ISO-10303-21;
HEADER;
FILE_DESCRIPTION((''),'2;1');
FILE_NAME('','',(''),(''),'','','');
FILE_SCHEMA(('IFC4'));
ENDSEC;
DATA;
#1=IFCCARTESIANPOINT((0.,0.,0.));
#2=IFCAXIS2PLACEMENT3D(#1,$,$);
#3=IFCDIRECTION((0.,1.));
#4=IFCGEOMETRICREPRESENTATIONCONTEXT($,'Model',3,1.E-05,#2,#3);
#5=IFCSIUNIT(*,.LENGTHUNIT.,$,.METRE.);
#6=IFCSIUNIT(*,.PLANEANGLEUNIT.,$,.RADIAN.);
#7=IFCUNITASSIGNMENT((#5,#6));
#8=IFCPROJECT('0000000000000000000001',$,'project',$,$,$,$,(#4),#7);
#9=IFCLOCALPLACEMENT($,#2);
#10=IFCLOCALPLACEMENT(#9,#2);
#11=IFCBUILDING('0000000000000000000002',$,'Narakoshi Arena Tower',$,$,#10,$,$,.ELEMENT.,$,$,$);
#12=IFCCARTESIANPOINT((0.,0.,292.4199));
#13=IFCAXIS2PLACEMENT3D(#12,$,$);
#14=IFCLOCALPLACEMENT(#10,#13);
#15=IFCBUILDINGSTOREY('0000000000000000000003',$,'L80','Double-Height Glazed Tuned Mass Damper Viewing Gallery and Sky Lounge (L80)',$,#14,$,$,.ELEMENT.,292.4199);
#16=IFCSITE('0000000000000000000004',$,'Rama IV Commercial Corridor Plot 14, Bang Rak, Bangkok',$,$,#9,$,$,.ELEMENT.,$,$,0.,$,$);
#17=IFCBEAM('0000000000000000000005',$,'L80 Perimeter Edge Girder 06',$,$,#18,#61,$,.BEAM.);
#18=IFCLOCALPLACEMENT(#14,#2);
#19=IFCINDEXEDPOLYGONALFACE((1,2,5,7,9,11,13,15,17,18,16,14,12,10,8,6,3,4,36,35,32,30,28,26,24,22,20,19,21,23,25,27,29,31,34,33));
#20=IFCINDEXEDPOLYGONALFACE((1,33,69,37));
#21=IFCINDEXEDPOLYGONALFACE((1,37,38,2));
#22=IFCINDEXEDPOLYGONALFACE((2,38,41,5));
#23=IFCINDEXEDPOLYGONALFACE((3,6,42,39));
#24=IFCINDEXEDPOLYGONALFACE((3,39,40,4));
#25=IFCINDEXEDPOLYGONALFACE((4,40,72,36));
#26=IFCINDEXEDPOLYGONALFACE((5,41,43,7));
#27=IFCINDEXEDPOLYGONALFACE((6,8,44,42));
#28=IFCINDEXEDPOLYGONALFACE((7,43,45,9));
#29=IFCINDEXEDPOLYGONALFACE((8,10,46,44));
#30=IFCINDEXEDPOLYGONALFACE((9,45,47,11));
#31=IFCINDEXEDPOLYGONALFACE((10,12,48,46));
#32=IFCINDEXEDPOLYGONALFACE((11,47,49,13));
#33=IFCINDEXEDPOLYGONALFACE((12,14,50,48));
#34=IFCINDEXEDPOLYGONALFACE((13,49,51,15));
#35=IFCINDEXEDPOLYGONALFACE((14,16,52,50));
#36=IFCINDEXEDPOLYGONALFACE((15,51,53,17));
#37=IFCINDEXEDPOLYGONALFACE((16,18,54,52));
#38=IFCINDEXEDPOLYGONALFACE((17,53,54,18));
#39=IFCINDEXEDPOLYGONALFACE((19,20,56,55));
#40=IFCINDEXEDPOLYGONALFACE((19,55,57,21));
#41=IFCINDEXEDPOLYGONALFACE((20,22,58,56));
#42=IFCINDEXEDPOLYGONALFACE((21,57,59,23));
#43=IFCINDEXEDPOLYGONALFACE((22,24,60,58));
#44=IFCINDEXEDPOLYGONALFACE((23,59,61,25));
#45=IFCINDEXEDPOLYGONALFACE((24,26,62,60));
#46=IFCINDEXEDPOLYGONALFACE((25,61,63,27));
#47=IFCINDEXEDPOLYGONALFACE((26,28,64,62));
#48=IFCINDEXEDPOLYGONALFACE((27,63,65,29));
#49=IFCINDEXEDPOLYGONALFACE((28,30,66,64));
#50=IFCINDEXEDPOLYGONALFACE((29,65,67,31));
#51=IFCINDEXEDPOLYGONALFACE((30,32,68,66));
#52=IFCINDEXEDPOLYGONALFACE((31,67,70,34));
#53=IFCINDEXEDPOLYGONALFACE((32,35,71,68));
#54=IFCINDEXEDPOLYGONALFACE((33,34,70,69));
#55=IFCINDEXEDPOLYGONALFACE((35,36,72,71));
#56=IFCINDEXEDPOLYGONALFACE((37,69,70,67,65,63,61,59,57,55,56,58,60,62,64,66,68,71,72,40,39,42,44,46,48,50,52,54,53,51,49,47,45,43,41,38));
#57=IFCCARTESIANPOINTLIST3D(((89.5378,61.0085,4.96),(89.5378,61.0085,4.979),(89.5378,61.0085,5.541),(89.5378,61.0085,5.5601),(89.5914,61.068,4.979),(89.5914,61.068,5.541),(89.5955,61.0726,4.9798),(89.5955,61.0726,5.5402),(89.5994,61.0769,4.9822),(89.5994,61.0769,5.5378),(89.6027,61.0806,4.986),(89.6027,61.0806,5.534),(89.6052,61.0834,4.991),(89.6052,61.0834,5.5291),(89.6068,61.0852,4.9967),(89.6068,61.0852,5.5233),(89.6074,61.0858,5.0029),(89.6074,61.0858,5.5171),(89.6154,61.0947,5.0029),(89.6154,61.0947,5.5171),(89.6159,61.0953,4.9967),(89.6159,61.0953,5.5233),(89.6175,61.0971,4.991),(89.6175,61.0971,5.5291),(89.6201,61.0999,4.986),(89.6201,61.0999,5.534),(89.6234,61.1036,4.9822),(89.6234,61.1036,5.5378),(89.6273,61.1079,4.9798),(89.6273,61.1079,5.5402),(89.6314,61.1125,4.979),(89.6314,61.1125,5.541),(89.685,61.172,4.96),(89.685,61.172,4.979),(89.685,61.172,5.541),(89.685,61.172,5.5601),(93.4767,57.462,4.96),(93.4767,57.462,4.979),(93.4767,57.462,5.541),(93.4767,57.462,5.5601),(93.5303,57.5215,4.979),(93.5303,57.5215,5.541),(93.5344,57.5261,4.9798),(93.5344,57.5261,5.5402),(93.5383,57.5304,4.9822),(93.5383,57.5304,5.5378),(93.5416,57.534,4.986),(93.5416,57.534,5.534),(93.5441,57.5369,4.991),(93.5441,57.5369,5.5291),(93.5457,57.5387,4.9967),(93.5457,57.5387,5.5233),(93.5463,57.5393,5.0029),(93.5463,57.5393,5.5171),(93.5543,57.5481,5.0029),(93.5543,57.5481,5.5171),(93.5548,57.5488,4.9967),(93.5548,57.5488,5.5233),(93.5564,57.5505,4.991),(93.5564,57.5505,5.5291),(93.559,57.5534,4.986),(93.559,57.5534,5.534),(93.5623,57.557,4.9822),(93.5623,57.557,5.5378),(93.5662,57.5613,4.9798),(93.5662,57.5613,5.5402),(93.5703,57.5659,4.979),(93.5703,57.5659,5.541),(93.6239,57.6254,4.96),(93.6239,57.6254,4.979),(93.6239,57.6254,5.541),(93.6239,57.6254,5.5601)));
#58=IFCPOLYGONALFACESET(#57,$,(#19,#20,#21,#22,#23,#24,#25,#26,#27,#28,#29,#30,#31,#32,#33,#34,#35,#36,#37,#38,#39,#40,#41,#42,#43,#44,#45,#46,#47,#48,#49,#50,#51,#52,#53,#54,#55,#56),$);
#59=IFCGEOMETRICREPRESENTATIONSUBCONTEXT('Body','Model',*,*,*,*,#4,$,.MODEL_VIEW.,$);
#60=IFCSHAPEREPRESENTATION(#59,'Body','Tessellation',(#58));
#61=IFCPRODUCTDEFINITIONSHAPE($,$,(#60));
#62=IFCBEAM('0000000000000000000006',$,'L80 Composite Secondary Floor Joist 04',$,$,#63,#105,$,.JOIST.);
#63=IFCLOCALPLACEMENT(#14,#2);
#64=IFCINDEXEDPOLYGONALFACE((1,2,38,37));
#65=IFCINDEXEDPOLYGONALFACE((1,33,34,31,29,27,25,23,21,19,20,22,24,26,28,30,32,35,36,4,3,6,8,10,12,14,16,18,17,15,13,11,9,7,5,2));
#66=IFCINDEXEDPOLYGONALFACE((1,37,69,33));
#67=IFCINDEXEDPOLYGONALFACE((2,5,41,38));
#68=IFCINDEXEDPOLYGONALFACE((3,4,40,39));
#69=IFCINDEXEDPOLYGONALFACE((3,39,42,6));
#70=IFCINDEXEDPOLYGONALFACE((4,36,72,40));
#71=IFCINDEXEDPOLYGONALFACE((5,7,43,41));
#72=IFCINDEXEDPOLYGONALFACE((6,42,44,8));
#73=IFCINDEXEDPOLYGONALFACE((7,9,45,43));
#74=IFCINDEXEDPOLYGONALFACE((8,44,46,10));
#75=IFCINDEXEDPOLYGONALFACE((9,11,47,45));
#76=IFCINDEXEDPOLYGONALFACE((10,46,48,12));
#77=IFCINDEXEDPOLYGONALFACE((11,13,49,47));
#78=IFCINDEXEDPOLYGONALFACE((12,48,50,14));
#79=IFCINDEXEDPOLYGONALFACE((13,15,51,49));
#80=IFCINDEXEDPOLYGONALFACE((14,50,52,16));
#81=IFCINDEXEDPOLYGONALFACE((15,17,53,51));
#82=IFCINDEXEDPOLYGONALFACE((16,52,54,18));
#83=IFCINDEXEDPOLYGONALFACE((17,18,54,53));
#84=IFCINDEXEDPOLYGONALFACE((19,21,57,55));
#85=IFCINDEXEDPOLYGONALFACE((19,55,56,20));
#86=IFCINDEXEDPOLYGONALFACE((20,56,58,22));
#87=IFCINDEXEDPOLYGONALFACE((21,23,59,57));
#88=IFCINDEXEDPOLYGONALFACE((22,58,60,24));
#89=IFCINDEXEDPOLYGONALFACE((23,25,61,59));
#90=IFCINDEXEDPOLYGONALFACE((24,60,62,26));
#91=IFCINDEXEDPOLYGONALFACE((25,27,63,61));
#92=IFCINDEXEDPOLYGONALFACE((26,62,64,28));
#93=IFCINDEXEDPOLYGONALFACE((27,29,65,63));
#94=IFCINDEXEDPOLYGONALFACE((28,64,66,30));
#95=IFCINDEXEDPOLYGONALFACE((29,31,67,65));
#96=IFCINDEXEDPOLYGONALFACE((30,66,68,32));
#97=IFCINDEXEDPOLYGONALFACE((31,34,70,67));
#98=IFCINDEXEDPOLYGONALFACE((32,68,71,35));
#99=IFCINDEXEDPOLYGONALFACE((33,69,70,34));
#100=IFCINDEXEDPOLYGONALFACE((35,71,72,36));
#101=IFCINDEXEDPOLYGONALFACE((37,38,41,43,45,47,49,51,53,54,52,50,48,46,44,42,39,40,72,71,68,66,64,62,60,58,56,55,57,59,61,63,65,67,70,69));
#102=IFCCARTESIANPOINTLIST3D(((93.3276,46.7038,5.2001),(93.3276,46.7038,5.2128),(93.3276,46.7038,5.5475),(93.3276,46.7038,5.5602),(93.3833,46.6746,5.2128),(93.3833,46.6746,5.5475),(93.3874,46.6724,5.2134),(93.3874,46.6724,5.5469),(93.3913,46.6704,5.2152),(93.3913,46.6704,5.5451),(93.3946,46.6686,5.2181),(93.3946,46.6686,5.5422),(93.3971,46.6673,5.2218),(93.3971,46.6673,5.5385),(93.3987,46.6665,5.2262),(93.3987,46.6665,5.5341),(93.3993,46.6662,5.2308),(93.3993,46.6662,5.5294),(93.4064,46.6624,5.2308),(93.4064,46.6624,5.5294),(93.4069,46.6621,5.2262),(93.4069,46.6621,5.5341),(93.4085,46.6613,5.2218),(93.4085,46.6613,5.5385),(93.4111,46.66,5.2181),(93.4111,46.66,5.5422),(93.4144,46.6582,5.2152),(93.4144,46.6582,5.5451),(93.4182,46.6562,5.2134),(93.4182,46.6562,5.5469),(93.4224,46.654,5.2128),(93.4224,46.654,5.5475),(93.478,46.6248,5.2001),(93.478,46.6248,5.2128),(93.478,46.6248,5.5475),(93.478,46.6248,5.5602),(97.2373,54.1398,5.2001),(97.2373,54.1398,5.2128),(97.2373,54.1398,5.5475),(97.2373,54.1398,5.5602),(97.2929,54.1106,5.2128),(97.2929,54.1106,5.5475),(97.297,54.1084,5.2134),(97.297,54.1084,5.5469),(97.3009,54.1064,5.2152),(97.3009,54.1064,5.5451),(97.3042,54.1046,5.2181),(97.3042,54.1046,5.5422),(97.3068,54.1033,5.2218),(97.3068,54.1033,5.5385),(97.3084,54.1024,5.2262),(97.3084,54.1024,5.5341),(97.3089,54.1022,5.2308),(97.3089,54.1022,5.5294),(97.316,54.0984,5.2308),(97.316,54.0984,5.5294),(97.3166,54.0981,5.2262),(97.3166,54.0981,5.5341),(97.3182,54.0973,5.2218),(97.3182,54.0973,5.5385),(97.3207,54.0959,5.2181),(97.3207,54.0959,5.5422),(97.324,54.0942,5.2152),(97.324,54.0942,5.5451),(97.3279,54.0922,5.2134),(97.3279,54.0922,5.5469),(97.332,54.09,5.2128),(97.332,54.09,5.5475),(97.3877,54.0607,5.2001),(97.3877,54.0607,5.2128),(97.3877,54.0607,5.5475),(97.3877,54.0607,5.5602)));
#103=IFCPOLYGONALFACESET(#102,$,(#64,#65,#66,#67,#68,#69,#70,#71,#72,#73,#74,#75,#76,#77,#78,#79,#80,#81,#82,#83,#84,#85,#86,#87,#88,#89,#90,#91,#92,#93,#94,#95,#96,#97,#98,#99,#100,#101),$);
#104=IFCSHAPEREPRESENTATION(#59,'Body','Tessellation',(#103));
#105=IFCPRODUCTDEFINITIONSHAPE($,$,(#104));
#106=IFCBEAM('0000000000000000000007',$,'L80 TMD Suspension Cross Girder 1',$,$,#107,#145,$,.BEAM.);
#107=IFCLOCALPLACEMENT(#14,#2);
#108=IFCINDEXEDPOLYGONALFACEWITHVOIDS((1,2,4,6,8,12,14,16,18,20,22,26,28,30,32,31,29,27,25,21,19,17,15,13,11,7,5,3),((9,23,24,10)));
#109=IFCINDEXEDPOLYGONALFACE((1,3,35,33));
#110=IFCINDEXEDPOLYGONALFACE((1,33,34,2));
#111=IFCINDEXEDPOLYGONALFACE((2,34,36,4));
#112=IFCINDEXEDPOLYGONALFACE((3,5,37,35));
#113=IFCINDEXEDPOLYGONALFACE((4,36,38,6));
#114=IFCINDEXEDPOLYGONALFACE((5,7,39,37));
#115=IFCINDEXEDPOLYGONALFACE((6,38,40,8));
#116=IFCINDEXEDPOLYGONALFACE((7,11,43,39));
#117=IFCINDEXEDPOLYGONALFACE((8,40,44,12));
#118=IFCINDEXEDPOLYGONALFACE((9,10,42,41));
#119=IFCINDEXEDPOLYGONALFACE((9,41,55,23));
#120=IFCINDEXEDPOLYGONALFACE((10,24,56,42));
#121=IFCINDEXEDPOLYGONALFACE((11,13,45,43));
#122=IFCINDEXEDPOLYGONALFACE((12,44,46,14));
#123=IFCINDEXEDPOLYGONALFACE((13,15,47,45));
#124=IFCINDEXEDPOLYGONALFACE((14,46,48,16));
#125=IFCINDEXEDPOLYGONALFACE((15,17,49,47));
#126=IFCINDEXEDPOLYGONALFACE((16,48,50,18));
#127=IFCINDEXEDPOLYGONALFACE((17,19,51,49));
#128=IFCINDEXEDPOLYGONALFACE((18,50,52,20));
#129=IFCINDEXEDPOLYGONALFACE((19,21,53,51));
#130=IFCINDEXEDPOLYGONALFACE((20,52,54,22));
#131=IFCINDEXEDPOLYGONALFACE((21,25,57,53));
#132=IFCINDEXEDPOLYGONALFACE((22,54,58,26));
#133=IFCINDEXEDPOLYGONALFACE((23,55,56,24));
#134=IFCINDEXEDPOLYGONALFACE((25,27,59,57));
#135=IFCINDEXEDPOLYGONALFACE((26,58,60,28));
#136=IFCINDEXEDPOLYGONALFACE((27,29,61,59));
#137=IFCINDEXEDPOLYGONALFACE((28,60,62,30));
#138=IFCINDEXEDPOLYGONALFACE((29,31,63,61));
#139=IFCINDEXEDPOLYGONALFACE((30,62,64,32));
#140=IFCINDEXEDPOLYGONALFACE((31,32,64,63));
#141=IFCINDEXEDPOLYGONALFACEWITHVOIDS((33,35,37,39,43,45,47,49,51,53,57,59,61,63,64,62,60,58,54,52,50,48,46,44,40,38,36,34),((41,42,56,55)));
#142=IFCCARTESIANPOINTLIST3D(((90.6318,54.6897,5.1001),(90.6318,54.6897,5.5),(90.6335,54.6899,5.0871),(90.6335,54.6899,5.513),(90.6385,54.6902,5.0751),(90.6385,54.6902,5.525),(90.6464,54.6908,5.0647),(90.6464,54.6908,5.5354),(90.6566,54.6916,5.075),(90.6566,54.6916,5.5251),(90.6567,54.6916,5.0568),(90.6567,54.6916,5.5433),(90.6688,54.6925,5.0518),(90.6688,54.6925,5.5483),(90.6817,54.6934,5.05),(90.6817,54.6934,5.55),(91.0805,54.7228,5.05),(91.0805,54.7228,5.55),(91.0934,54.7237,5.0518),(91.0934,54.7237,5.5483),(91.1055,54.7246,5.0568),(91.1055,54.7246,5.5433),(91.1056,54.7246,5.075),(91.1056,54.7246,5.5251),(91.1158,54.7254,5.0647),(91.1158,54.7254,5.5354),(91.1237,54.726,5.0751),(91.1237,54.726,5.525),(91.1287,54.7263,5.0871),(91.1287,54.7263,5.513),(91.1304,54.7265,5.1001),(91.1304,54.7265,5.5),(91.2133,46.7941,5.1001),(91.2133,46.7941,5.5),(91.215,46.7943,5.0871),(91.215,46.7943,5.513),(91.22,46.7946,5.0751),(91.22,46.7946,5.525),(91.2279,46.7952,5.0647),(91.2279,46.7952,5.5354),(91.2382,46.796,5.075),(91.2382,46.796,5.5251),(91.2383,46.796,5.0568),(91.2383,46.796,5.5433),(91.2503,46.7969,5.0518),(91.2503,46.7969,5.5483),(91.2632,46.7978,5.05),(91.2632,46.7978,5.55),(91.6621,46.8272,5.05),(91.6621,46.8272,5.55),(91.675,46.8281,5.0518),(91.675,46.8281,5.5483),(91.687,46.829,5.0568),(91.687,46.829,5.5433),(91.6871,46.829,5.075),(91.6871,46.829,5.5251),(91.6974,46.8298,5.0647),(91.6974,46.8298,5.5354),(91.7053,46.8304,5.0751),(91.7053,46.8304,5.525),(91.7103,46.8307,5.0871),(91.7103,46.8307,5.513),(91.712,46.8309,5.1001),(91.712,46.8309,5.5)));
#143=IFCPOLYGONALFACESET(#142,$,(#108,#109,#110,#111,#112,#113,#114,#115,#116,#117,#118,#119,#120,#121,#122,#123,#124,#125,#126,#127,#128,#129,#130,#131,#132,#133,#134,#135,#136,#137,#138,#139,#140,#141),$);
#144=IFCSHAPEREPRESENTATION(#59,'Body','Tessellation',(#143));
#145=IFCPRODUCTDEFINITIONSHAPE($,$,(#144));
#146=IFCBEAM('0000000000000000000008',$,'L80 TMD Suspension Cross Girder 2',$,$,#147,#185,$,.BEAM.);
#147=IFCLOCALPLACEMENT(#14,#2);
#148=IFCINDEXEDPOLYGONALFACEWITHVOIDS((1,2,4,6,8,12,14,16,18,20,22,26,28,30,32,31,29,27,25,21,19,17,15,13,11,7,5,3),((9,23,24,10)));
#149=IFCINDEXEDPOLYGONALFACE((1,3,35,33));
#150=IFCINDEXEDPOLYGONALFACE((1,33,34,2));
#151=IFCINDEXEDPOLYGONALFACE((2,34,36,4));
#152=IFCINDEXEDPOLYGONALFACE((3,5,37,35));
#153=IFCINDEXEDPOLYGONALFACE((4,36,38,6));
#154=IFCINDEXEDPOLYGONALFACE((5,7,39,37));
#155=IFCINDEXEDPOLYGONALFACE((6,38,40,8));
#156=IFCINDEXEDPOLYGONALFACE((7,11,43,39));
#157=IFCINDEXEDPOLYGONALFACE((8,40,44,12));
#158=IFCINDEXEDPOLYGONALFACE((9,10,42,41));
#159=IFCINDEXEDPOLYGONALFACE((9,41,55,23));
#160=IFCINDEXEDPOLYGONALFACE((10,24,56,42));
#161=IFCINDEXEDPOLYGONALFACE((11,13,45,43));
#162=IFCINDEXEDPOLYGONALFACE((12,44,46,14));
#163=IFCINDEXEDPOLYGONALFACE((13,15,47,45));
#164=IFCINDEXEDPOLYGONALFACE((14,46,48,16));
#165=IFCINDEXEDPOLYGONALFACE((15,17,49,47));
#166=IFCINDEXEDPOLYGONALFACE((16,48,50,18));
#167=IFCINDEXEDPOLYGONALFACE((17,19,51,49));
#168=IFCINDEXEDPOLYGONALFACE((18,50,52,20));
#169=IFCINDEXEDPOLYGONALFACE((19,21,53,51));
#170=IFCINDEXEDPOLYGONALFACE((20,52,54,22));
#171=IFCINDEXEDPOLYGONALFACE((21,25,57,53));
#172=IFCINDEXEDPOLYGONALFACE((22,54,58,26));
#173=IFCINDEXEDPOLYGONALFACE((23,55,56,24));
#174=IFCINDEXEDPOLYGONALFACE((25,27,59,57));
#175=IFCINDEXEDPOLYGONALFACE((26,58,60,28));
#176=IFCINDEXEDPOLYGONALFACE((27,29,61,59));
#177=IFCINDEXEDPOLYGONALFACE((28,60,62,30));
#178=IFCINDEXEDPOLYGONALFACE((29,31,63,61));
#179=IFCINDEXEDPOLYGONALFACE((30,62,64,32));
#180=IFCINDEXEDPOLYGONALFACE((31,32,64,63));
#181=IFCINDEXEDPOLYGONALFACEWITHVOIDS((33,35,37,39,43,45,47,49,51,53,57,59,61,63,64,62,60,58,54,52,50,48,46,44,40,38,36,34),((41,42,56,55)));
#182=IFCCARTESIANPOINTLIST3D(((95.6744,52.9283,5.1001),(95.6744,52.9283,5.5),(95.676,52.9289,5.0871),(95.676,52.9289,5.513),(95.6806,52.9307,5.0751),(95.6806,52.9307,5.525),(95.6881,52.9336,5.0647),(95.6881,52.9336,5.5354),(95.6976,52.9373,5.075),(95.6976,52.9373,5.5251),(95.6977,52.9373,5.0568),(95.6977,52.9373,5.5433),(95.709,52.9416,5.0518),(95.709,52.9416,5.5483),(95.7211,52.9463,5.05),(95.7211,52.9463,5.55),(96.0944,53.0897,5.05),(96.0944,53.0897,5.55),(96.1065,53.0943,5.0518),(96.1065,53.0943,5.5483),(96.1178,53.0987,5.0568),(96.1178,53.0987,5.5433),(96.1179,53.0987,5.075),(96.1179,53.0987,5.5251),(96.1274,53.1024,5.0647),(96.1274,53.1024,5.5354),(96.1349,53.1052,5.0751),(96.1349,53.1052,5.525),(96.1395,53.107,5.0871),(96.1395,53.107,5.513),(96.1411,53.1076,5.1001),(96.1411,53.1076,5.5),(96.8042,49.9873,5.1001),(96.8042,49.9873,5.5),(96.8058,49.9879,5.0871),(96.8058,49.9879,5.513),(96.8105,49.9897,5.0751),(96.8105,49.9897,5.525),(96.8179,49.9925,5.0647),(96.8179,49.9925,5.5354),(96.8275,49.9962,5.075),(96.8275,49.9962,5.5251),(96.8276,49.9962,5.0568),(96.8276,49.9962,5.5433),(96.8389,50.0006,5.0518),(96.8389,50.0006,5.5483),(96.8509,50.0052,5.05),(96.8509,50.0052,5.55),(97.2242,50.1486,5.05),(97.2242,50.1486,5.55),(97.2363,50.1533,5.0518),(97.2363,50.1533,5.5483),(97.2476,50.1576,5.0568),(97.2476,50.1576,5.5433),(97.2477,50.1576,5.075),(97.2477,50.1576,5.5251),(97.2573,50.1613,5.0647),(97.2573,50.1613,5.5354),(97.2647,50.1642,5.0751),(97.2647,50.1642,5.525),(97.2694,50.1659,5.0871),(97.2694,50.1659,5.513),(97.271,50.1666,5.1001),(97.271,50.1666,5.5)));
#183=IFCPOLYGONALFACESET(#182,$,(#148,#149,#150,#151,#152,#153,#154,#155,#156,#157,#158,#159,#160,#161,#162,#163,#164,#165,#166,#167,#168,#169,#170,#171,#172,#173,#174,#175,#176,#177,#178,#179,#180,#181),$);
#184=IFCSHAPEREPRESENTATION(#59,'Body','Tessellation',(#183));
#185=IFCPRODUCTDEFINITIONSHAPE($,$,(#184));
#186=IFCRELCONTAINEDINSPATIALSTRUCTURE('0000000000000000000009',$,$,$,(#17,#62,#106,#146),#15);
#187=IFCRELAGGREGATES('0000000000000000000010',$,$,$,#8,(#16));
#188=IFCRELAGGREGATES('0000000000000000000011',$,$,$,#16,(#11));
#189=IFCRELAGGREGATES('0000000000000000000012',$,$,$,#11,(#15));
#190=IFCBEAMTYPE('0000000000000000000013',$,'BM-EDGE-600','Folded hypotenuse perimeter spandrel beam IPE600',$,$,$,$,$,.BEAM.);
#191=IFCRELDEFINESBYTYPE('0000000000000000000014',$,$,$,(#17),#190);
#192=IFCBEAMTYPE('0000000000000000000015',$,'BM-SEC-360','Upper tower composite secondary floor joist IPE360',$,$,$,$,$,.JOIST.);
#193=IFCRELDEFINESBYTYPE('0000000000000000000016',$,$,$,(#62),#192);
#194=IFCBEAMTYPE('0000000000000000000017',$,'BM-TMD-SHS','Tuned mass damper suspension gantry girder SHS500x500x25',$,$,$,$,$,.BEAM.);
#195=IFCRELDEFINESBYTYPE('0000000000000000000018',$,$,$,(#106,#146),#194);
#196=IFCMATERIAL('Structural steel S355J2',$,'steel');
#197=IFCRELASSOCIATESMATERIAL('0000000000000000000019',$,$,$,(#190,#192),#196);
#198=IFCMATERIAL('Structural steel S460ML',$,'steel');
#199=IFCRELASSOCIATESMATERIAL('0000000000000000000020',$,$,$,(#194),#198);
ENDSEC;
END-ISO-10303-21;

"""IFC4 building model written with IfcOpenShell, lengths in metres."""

from ifc_helpers import new_model, si_unit, direction, frame, origin, origin_2d, place, context, subcontext, project, spatial, hollow_rectangle, i_section, extrude, material, material_profile, profile_set, type_object, element, save


model = new_model("IFC4")

# Units and contexts
model_context = context("Model", 3, precision=1e-05, world=origin(), true_north=direction((0.0, 1.0)))
body_context = subcontext(model_context, "Body", "Model", "MODEL_VIEW")
ifc_project = project(units=[si_unit("LENGTHUNIT", "METRE"), si_unit("PLANEANGLEUNIT", "RADIAN")], contexts=[model_context])

# Site, building, storey
site_placement = place(None, origin())
site = spatial("IfcSite", under=ifc_project, at=site_placement, Name="Rama IV Commercial Corridor Plot 14, Bang Rak, Bangkok", CompositionType="ELEMENT", RefElevation=0.0)
building_placement = place(site_placement, origin())
building = spatial("IfcBuilding", under=site, at=building_placement, Name="Narakoshi Arena Tower", CompositionType="ELEMENT")
storey_placement = place(building_placement, frame((0.0, 0.0, 292.4199)))
storey = spatial("IfcBuildingStorey", under=building, at=storey_placement, Name="L80", Description="Double-Height Glazed Tuned Mass Damper Viewing Gallery and Sky Lounge (L80)", CompositionType="ELEMENT", Elevation=292.4199)

# Shared definitions
ifc_material_1 = material(Name="Structural steel S355J2", Category="steel")

# Beams
ifc_material_profile_1 = material_profile(ifc_material_1, i_section(OverallWidth=0.22, OverallDepth=0.6001, WebThickness=0.012, FlangeThickness=0.019, FilletRadius=0.0239, at=origin_2d()), Name="IPE600")
ifc_profile_set_1 = profile_set([ifc_material_profile_1], Name="Structural steel S355J2")
beam_type_1 = type_object("IfcBeamType", Name="BM-EDGE-600", Description="Folded hypotenuse perimeter spandrel beam IPE600", PredefinedType="BEAM", material=ifc_profile_set_1)
beam_1_placement = place(storey_placement, frame((93.5503, 57.5437, 5.26), z_axis=(-0.743148, 0.669128, 0.0), x_axis=(-0.669128, -0.743148, 0.0)))
element("IfcBeam", 1, at=beam_1_placement, inside=storey, type_object=beam_type_1, Name="L80 Perimeter Edge Girder 06", PredefinedType="BEAM", context=body_context, shape_type="SweptSolid", body=[
    extrude(i_section(OverallWidth=0.22, OverallDepth=0.6001, WebThickness=0.012, FlangeThickness=0.019, FilletRadius=0.0239, at=origin_2d()), origin(), (0.0, 0.0, 1.0), 5.3003),
])
ifc_material_profile_2 = material_profile(ifc_material_1, i_section(OverallWidth=0.1699, OverallDepth=0.3601, WebThickness=0.0081, FlangeThickness=0.0127, FilletRadius=0.0181, at=origin_2d()), Name="IPE360")
ifc_profile_set_2 = profile_set([ifc_material_profile_2], Name="Structural steel S355J2")
beam_type_2 = type_object("IfcBeamType", Name="BM-SEC-360", Description="Upper tower composite secondary floor joist IPE360", PredefinedType="JOIST", material=ifc_profile_set_2)
beam_2_placement = place(storey_placement, frame((93.4028, 46.6643, 5.3801), z_axis=(0.46537, 0.885116, 0.0), x_axis=(-0.885116, 0.46537, 0.0)))
element("IfcBeam", 2, at=beam_2_placement, inside=storey, type_object=beam_type_2, Name="L80 Composite Secondary Floor Joist 04", PredefinedType="JOIST", context=body_context, shape_type="SweptSolid", body=[
    extrude(i_section(OverallWidth=0.1699, OverallDepth=0.3601, WebThickness=0.0081, FlangeThickness=0.0127, FilletRadius=0.0181, at=origin_2d()), origin(), (0.0, 0.0, 1.0), 8.4011),
])
ifc_material_2 = material(Name="Structural steel S460ML", Category="steel")
ifc_material_profile_3 = material_profile(ifc_material_2, hollow_rectangle(XDim=0.5, YDim=0.5, WallThickness=0.0249, OuterFilletRadius=0.05, at=origin_2d()), Name="SHS500x500x25")
ifc_profile_set_3 = profile_set([ifc_material_profile_3], Name="Structural steel S460ML")
beam_type_3 = type_object("IfcBeamType", Name="BM-TMD-SHS", Description="Tuned mass damper suspension gantry girder SHS500x500x25", PredefinedType="BEAM", material=ifc_profile_set_3)
beam_3_placement = place(storey_placement, frame((91.4626, 46.8125, 5.3), z_axis=(-0.073456, 0.997298, 0.0), x_axis=(-0.997298, -0.073456, 0.0)))
element("IfcBeam", 3, at=beam_3_placement, inside=storey, type_object=beam_type_3, Name="L80 TMD Suspension Cross Girder 1", PredefinedType="BEAM", context=body_context, shape_type="SweptSolid", body=[
    extrude(hollow_rectangle(XDim=0.5, YDim=0.5, WallThickness=0.0249, OuterFilletRadius=0.05, at=origin_2d()), origin(), (0.0, 0.0, 1.0), 7.917),
])
beam_4_placement = place(storey_placement, frame((97.0376, 50.0769, 5.3), z_axis=(-0.35861, 0.933487, 0.0), x_axis=(-0.933487, -0.35861, 0.0)))
element("IfcBeam", 4, at=beam_4_placement, inside=storey, type_object=beam_type_3, Name="L80 TMD Suspension Cross Girder 2", PredefinedType="BEAM", context=body_context, shape_type="SweptSolid", body=[
    extrude(hollow_rectangle(XDim=0.5, YDim=0.5, WallThickness=0.0249, OuterFilletRadius=0.05, at=origin_2d()), origin(), (0.0, 0.0, 1.0), 3.1506),
])

save(model, "model.ifc")
